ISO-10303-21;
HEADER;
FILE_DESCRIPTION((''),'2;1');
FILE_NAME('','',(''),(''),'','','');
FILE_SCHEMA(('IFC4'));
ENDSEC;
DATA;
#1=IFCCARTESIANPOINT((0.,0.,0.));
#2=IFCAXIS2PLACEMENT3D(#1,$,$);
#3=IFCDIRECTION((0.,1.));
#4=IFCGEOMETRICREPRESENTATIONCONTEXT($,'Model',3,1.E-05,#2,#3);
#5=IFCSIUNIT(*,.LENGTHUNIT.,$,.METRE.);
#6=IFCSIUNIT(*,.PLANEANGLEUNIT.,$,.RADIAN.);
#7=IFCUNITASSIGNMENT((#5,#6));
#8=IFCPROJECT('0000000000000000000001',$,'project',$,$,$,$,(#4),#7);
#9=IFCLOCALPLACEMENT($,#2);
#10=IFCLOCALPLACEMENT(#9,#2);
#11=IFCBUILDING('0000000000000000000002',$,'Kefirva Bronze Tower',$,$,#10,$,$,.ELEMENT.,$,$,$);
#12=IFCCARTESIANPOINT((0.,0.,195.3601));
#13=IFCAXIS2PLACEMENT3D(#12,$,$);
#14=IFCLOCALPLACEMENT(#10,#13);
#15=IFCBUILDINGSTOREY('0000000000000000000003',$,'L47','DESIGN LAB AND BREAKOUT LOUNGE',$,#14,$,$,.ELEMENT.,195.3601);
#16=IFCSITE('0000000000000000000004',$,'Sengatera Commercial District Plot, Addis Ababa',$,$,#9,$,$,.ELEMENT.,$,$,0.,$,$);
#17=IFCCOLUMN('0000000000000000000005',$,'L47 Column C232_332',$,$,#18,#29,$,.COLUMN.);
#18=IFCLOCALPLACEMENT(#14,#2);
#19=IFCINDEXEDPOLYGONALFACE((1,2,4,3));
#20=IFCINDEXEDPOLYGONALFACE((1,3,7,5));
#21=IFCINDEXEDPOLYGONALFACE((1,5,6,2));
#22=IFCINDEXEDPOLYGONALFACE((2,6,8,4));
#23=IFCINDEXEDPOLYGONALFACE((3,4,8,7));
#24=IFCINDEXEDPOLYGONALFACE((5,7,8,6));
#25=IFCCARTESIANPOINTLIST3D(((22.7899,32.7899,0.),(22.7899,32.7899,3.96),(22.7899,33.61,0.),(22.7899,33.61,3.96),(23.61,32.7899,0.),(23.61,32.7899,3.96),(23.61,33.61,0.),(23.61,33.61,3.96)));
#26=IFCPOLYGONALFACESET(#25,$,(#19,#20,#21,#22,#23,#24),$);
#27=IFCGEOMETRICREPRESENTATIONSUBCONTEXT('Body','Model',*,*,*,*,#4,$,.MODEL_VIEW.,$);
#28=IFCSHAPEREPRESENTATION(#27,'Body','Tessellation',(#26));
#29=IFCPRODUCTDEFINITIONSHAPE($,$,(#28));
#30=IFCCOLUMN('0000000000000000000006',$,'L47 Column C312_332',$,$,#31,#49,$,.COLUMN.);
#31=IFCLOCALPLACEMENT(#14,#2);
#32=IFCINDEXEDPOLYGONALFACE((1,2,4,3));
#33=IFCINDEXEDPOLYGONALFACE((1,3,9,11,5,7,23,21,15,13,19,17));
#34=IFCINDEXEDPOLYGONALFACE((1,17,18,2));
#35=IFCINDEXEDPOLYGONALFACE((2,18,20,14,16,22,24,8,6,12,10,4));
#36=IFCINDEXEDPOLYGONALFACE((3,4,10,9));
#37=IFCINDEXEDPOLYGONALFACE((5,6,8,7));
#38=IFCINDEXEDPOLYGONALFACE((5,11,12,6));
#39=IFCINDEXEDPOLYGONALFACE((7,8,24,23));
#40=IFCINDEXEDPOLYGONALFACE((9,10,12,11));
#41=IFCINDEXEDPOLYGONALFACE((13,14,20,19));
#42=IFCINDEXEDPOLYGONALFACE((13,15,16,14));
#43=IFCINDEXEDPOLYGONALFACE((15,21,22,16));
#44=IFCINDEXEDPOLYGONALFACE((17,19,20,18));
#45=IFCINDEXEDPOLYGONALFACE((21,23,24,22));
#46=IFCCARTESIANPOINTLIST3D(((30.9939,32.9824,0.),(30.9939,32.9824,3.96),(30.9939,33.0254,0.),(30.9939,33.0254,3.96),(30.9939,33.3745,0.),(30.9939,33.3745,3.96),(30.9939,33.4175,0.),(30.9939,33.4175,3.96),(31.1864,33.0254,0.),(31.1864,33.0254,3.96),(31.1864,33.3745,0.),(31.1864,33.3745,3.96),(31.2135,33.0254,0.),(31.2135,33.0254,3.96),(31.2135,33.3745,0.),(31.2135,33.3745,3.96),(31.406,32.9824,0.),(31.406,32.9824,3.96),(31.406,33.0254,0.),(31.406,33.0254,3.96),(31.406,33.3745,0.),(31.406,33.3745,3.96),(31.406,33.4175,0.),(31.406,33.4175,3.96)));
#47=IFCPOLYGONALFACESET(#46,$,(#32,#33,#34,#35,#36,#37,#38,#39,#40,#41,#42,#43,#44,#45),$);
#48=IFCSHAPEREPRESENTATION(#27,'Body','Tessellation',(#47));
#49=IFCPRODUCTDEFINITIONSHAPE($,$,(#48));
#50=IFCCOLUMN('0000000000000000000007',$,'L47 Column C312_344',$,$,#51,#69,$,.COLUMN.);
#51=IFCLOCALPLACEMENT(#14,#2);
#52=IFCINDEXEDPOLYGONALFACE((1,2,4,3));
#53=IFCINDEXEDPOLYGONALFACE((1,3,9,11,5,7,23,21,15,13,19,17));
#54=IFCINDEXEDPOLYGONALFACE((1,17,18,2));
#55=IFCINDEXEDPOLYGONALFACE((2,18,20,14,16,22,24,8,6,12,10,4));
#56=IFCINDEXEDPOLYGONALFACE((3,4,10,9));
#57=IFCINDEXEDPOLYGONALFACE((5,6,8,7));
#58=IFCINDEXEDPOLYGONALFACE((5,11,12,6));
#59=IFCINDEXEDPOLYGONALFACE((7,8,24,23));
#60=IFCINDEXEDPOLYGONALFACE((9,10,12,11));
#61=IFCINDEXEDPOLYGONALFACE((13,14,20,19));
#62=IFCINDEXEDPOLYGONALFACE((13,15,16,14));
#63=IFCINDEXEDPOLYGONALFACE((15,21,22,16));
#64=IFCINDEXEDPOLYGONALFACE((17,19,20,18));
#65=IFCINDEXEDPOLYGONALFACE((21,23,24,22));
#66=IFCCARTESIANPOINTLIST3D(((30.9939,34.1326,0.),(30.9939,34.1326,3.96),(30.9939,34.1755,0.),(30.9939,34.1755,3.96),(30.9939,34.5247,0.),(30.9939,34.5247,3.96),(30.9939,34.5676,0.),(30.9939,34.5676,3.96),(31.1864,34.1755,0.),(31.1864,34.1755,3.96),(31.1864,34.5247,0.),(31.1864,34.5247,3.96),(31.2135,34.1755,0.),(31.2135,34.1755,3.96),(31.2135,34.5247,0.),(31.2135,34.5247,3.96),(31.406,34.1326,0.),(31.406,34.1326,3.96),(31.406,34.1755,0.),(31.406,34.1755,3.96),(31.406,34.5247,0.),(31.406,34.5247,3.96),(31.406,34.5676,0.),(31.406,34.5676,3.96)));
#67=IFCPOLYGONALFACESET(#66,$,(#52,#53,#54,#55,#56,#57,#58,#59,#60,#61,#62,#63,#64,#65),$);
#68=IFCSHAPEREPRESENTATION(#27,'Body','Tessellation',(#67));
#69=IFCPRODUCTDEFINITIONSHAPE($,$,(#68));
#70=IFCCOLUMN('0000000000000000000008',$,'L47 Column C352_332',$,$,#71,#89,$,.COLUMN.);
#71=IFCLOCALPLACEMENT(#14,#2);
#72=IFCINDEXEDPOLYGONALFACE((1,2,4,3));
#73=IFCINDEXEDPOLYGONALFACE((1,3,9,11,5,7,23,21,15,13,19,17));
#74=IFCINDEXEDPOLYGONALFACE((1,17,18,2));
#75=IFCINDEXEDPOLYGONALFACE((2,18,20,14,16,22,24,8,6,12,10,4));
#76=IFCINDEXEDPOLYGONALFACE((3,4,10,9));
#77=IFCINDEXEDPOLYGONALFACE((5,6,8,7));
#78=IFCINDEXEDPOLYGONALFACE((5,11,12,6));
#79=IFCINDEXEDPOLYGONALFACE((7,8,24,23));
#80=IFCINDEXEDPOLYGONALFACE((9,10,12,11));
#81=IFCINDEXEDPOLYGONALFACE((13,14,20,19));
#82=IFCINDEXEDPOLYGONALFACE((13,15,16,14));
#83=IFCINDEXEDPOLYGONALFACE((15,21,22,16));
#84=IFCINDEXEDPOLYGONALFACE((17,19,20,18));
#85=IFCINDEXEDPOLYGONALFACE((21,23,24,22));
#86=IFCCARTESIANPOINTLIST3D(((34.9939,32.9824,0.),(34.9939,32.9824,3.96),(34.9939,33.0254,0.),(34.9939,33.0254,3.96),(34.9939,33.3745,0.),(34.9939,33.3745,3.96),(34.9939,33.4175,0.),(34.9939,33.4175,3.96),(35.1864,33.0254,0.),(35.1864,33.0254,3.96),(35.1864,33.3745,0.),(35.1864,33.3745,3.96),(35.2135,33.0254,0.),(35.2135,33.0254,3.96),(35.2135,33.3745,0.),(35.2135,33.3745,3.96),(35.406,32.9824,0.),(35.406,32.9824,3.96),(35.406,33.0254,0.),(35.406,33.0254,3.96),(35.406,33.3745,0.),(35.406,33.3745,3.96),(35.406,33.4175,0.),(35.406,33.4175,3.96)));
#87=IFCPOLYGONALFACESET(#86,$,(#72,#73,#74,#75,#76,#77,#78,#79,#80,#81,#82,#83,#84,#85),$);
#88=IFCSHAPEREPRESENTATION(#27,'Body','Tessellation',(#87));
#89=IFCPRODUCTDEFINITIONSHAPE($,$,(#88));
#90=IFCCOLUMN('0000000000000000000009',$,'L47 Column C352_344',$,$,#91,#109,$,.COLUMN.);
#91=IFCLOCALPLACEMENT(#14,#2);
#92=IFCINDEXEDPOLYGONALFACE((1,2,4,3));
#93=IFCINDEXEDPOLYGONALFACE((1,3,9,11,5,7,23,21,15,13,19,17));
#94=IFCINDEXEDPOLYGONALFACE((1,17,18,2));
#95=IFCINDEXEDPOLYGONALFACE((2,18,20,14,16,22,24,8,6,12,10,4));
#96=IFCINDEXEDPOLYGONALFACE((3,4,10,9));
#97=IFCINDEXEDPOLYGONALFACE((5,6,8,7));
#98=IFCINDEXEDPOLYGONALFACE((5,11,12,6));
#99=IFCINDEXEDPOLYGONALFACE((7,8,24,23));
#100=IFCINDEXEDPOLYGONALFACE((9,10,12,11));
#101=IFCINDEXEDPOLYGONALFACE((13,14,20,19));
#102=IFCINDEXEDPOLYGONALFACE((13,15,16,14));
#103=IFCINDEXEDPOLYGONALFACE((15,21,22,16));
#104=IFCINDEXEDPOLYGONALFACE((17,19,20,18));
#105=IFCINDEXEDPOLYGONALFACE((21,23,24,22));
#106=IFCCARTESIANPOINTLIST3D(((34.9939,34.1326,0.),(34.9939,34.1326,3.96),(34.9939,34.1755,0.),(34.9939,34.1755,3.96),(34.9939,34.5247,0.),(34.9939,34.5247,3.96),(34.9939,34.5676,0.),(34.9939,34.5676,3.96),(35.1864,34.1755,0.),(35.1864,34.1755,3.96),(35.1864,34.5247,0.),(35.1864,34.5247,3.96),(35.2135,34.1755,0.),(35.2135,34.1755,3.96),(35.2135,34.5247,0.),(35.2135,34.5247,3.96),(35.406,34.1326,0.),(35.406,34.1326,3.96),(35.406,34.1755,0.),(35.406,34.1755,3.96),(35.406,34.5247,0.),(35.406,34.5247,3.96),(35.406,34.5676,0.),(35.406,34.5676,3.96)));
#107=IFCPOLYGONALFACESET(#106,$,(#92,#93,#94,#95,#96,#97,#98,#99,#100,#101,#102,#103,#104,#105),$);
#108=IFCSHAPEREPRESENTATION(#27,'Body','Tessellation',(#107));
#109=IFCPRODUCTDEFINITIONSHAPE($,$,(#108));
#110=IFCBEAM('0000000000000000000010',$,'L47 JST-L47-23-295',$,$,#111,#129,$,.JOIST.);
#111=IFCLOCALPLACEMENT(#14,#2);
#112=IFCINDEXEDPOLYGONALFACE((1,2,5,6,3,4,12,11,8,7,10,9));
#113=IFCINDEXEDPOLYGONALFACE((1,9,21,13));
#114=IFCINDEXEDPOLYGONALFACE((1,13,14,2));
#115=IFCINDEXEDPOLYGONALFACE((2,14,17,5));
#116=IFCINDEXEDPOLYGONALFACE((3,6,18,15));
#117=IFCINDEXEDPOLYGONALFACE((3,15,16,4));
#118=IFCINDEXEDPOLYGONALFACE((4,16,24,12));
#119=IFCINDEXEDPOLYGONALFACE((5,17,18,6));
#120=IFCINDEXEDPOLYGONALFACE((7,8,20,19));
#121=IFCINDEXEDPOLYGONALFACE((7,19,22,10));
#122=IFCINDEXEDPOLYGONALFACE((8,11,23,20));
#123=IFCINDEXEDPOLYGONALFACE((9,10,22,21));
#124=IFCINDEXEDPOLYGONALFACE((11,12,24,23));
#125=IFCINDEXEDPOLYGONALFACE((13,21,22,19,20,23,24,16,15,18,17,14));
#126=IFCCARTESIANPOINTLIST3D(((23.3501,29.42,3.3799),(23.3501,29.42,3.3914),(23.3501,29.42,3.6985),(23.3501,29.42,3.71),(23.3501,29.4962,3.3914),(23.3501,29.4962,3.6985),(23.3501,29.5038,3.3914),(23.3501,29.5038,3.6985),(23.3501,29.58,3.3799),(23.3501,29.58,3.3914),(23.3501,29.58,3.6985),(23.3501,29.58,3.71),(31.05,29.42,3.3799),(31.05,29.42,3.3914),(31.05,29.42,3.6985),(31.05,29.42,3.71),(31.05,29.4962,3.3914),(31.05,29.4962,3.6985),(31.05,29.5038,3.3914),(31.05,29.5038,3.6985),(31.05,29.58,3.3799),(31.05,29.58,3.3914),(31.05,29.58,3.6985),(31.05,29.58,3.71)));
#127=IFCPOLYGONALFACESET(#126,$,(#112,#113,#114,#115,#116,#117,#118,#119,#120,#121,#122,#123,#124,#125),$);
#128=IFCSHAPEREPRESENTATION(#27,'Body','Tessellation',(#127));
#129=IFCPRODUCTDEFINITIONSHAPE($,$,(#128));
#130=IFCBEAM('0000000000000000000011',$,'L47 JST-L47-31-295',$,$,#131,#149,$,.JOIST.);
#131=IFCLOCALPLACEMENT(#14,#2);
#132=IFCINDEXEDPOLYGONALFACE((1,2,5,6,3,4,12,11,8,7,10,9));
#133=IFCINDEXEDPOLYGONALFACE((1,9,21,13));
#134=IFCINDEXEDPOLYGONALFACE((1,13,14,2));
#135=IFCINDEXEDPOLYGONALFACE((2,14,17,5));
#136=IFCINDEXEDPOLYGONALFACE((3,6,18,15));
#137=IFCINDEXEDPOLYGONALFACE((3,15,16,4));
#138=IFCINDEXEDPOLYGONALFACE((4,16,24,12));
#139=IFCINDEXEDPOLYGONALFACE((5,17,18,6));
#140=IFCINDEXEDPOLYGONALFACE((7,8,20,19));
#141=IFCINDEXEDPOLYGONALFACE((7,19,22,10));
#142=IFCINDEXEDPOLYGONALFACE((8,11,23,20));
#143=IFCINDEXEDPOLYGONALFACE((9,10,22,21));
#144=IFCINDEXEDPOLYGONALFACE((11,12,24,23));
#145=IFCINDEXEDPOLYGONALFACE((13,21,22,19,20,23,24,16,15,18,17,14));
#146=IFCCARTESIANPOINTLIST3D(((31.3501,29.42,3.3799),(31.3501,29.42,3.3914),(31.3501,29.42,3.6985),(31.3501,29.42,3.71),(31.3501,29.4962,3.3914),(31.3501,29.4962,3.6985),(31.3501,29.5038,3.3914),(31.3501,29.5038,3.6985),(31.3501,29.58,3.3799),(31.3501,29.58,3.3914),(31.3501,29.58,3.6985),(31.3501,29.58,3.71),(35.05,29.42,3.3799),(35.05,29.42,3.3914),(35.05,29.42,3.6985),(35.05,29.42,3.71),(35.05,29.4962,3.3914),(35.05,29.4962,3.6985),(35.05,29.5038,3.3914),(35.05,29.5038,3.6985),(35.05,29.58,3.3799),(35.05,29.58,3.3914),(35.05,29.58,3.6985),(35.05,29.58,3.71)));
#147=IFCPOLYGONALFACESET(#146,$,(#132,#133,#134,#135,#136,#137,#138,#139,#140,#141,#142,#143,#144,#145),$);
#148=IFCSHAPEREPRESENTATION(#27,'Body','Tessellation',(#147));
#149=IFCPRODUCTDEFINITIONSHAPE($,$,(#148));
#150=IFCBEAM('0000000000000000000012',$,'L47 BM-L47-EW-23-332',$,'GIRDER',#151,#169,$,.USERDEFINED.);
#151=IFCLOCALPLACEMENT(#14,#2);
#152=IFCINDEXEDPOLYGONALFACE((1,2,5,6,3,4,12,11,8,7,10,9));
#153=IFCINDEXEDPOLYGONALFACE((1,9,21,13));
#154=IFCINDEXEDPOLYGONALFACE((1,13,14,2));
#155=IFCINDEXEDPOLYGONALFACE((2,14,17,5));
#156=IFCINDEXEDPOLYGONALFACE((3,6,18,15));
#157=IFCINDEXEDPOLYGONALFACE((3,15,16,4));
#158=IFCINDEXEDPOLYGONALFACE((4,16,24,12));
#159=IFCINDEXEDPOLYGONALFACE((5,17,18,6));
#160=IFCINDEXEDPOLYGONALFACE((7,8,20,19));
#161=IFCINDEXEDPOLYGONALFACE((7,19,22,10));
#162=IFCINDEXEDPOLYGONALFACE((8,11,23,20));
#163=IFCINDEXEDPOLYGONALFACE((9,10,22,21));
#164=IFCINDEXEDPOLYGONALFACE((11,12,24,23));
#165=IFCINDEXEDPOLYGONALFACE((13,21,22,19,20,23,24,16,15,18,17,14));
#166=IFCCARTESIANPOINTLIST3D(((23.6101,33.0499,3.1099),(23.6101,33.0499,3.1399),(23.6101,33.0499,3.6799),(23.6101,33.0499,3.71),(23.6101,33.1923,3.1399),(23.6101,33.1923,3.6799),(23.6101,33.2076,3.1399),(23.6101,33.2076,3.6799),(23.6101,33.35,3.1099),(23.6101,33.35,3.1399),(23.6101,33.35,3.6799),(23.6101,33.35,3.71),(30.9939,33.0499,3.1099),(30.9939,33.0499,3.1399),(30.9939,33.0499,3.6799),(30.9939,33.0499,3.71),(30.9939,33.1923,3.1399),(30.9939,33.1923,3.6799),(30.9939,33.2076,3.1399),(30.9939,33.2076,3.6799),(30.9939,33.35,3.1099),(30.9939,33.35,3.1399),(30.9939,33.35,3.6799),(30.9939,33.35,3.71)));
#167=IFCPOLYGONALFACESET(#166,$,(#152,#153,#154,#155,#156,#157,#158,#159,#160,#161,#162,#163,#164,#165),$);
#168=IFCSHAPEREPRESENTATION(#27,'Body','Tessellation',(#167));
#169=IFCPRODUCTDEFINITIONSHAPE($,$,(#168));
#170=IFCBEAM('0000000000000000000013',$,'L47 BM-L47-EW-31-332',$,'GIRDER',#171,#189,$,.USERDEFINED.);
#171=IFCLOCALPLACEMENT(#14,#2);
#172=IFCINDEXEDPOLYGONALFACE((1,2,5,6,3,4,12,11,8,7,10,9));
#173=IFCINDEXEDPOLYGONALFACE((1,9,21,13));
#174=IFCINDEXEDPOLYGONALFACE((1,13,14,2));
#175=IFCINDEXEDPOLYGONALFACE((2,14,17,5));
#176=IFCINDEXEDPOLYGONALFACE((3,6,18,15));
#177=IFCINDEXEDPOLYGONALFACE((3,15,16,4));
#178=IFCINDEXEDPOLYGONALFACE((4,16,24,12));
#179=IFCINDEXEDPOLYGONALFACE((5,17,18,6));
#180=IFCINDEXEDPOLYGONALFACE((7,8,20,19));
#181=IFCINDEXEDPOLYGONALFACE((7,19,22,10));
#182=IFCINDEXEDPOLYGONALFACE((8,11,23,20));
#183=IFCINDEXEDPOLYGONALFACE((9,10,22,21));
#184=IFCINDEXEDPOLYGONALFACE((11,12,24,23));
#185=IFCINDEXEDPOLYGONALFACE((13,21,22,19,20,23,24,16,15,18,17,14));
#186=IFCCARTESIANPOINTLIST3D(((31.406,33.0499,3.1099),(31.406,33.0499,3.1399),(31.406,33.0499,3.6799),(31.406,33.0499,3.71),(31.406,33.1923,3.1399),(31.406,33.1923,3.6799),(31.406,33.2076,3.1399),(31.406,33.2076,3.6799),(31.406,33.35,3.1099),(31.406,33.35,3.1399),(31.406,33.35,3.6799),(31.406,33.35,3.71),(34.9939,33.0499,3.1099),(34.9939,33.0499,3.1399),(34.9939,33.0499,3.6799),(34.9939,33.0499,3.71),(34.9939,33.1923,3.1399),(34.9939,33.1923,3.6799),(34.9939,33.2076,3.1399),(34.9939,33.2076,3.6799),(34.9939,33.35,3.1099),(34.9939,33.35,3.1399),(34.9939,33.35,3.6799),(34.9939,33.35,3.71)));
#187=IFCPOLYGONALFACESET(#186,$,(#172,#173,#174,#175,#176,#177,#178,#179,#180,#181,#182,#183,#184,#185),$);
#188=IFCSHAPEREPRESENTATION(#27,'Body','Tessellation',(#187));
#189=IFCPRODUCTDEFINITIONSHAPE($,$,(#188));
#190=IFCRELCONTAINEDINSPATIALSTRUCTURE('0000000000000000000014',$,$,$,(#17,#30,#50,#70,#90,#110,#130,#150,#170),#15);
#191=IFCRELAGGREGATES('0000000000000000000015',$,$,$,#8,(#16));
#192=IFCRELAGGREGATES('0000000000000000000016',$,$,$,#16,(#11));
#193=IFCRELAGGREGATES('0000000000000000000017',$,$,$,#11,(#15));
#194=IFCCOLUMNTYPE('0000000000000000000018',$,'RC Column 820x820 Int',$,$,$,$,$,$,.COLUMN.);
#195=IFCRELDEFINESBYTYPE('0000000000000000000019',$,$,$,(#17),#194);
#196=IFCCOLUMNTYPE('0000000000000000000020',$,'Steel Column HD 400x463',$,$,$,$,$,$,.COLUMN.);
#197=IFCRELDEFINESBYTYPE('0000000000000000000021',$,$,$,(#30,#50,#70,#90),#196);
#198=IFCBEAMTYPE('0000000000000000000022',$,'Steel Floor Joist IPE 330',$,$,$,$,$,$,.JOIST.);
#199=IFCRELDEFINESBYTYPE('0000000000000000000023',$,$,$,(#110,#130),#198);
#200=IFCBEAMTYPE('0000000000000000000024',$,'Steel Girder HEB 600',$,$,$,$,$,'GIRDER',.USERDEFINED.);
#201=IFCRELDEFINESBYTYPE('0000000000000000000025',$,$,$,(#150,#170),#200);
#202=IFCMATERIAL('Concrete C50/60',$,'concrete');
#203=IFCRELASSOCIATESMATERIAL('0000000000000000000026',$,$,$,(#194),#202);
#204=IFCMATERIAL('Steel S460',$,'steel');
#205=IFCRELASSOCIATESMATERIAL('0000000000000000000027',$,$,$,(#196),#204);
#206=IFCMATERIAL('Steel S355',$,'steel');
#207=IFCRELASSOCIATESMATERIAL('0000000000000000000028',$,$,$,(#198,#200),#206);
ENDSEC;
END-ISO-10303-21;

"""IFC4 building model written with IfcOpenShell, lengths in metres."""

from ifc_helpers import new_model, si_unit, direction, frame, origin, origin_2d, place, context, subcontext, project, spatial, rectangle, i_section, extrude, material, material_profile, profile_set, type_object, element, save


model = new_model("IFC4")

# Units and contexts
model_context = context("Model", 3, precision=1e-05, world=origin(), true_north=direction((0.0, 1.0)))
body_context = subcontext(model_context, "Body", "Model", "MODEL_VIEW")
ifc_project = project(units=[si_unit("LENGTHUNIT", "METRE"), si_unit("PLANEANGLEUNIT", "RADIAN")], contexts=[model_context])

# Site, building, storey
site_placement = place(None, origin())
site = spatial("IfcSite", under=ifc_project, at=site_placement, Name="Sengatera Commercial District Plot, Addis Ababa", CompositionType="ELEMENT", RefElevation=0.0)
building_placement = place(site_placement, origin())
building = spatial("IfcBuilding", under=site, at=building_placement, Name="Kefirva Bronze Tower", CompositionType="ELEMENT")
storey_placement = place(building_placement, frame((0.0, 0.0, 195.3601)))
storey = spatial("IfcBuildingStorey", under=building, at=storey_placement, Name="L47", Description="DESIGN LAB AND BREAKOUT LOUNGE", CompositionType="ELEMENT", Elevation=195.3601)

# Columns
ifc_material_1 = material(Name="Concrete C50/60", Category="concrete")
ifc_material_profile_1 = material_profile(ifc_material_1, rectangle(XDim=0.8201, YDim=0.8201, at=origin_2d()), Name="RC 820x820")
ifc_profile_set_1 = profile_set([ifc_material_profile_1], Name="Concrete C50/60")
column_type_1 = type_object("IfcColumnType", Name="RC Column 820x820 Int", PredefinedType="COLUMN", material=ifc_profile_set_1)
column_placement = place(storey_placement, frame((23.2, 33.2, 0.0), z_axis=(0.0, 0.0, 1.0), x_axis=(1.0, 0.0, 0.0)))
element("IfcColumn", 1, at=column_placement, inside=storey, type_object=column_type_1, Name="L47 Column C232_332", PredefinedType="COLUMN", context=body_context, shape_type="SweptSolid", body=[
    extrude(rectangle(XDim=0.8201, YDim=0.8201, at=origin_2d()), origin(), (0.0, 0.0, 1.0), 3.96),
])
ifc_material_2 = material(Name="Steel S460", Category="steel")
ifc_material_profile_2 = material_profile(ifc_material_2, i_section(OverallWidth=0.4121, OverallDepth=0.4351, WebThickness=0.0271, FlangeThickness=0.043, at=origin_2d()), Name="HD 400x463")
ifc_profile_set_2 = profile_set([ifc_material_profile_2], Name="Steel S460")
column_type_2 = type_object("IfcColumnType", Name="Steel Column HD 400x463", PredefinedType="COLUMN", material=ifc_profile_set_2)
for number, where, z_axis, x_axis, name in (
    (2, (31.2, 33.2, 0.0), (0.0, 0.0, 1.0), (1.0, 0.0, 0.0), "L47 Column C312_332"),
    (3, (31.2, 34.3501, 0.0), (0.0, 0.0, 1.0), (1.0, 0.0, 0.0), "L47 Column C312_344"),
    (4, (35.2, 33.2, 0.0), (0.0, 0.0, 1.0), (1.0, 0.0, 0.0), "L47 Column C352_332"),
    (5, (35.2, 34.3501, 0.0), (0.0, 0.0, 1.0), (1.0, 0.0, 0.0), "L47 Column C352_344"),
):
    element("IfcColumn", number, at=place(storey_placement, frame(where, z_axis=z_axis, x_axis=x_axis)), inside=storey, type_object=column_type_2, Name=name, PredefinedType="COLUMN", context=body_context, shape_type="SweptSolid", body=[
        extrude(i_section(OverallWidth=0.4121, OverallDepth=0.4351, WebThickness=0.0271, FlangeThickness=0.043, at=origin_2d()), origin(), (0.0, 0.0, 1.0), 3.96),
    ])

# Beams
ifc_material_3 = material(Name="Steel S355", Category="steel")
ifc_material_profile_3 = material_profile(ifc_material_3, i_section(OverallWidth=0.1599, OverallDepth=0.3301, WebThickness=0.0076, FlangeThickness=0.0115, at=origin_2d()), Name="IPE 330")
ifc_profile_set_3 = profile_set([ifc_material_profile_3], Name="Steel S355")
beam_type_1 = type_object("IfcBeamType", Name="Steel Floor Joist IPE 330", PredefinedType="JOIST", material=ifc_profile_set_3)
beam_1_placement = place(storey_placement, frame((23.3501, 29.5, 3.5449), z_axis=(1.0, 0.0, 0.0), x_axis=(0.0, 1.0, 0.0)))
element("IfcBeam", 6, at=beam_1_placement, inside=storey, type_object=beam_type_1, Name="L47 JST-L47-23-295", PredefinedType="JOIST", context=body_context, shape_type="SweptSolid", body=[
    extrude(i_section(OverallWidth=0.1599, OverallDepth=0.3301, WebThickness=0.0076, FlangeThickness=0.0115, at=origin_2d()), origin(), (0.0, 0.0, 1.0), 7.7),
])
beam_2_placement = place(storey_placement, frame((31.3501, 29.5, 3.5449), z_axis=(1.0, 0.0, 0.0), x_axis=(0.0, 1.0, 0.0)))
element("IfcBeam", 7, at=beam_2_placement, inside=storey, type_object=beam_type_1, Name="L47 JST-L47-31-295", PredefinedType="JOIST", context=body_context, shape_type="SweptSolid", body=[
    extrude(i_section(OverallWidth=0.1599, OverallDepth=0.3301, WebThickness=0.0076, FlangeThickness=0.0115, at=origin_2d()), origin(), (0.0, 0.0, 1.0), 3.7),
])
ifc_material_profile_4 = material_profile(ifc_material_3, i_section(OverallWidth=0.3, OverallDepth=0.6001, WebThickness=0.0154, FlangeThickness=0.03, at=origin_2d()), Name="HEB 600")
ifc_profile_set_4 = profile_set([ifc_material_profile_4], Name="Steel S355")
beam_type_2 = type_object("IfcBeamType", Name="Steel Girder HEB 600", ElementType="GIRDER", PredefinedType="USERDEFINED", material=ifc_profile_set_4)
beam_3_placement = place(storey_placement, frame((23.6101, 33.2, 3.4099), z_axis=(1.0, 0.0, 0.0), x_axis=(0.0, 1.0, 0.0)))
element("IfcBeam", 8, at=beam_3_placement, inside=storey, type_object=beam_type_2, Name="L47 BM-L47-EW-23-332", ObjectType="GIRDER", PredefinedType="USERDEFINED", context=body_context, shape_type="SweptSolid", body=[
    extrude(i_section(OverallWidth=0.3, OverallDepth=0.6001, WebThickness=0.0154, FlangeThickness=0.03, at=origin_2d()), origin(), (0.0, 0.0, 1.0), 7.3838),
])
for number, where, z_axis, x_axis, name in (
    (9, (31.406, 33.2, 3.4099), (1.0, 0.0, 0.0), (0.0, 1.0, 0.0), "L47 BM-L47-EW-31-332"),
):
    element("IfcBeam", number, at=place(storey_placement, frame(where, z_axis=z_axis, x_axis=x_axis)), inside=storey, type_object=beam_type_2, Name=name, ObjectType="GIRDER", PredefinedType="USERDEFINED", context=body_context, shape_type="SweptSolid", body=[
        extrude(i_section(OverallWidth=0.3, OverallDepth=0.6001, WebThickness=0.0154, FlangeThickness=0.03, at=origin_2d()), origin(), (0.0, 0.0, 1.0), 3.5879),
    ])

save(model, "model.ifc")
